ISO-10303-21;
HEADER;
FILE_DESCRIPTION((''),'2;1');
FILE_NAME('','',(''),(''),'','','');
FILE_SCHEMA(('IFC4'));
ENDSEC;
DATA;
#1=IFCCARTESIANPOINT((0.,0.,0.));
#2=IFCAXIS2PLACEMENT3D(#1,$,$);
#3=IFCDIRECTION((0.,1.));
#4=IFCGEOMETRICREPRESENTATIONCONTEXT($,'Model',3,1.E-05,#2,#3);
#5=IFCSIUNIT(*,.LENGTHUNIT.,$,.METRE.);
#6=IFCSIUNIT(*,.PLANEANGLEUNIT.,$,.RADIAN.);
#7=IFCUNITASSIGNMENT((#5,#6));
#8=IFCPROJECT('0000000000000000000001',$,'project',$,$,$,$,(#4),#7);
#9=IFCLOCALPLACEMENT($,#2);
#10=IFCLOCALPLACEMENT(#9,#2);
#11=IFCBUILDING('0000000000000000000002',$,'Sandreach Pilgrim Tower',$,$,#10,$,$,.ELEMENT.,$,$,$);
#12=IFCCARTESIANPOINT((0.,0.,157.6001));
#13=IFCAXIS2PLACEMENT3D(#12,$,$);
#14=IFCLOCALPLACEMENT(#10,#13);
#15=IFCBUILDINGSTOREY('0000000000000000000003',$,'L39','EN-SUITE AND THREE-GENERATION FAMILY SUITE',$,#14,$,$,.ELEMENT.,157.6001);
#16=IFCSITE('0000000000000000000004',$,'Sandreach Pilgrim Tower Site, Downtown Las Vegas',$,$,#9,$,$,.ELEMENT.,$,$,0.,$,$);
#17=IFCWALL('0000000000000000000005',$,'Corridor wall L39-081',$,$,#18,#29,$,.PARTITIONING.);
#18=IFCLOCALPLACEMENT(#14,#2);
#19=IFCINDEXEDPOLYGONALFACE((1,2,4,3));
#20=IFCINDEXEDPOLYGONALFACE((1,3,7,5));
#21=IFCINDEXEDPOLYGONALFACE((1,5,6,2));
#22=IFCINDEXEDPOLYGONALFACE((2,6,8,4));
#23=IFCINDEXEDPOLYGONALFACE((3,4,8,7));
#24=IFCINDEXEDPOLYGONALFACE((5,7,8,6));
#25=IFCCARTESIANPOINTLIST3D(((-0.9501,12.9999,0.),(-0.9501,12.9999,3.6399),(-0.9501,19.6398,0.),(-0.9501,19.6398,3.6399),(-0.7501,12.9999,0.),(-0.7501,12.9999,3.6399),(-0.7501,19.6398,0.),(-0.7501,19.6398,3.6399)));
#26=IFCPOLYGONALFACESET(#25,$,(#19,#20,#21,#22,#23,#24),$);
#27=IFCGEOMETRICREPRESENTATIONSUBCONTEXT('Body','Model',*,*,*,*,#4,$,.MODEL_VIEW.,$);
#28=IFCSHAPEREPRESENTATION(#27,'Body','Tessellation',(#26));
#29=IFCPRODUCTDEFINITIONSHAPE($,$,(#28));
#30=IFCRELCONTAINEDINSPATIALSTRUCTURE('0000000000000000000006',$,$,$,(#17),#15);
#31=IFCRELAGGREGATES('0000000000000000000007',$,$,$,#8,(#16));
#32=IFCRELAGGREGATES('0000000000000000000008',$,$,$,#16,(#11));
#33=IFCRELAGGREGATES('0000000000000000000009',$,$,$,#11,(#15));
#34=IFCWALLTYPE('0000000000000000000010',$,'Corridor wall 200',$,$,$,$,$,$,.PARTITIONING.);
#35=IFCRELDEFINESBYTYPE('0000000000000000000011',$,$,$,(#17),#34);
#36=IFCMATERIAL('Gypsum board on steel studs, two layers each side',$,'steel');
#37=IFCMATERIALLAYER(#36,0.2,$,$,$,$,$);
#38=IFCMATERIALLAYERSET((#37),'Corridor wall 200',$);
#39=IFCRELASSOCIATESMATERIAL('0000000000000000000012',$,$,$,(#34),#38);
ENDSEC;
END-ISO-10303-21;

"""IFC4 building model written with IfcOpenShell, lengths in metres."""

from ifc_helpers import new_model, si_unit, direction, frame, frame_2d, origin, place, context, subcontext, project, spatial, rectangle, extrude, material, layer, layer_set, type_object, element, save


model = new_model("IFC4")

# Units and contexts
model_context = context("Model", 3, precision=1e-05, world=origin(), true_north=direction((0.0, 1.0)))
body_context = subcontext(model_context, "Body", "Model", "MODEL_VIEW")
ifc_project = project(units=[si_unit("LENGTHUNIT", "METRE"), si_unit("PLANEANGLEUNIT", "RADIAN")], contexts=[model_context])

# Site, building, storey
site_placement = place(None, origin())
site = spatial("IfcSite", under=ifc_project, at=site_placement, Name="Sandreach Pilgrim Tower Site, Downtown Las Vegas", CompositionType="ELEMENT", RefElevation=0.0)
building_placement = place(site_placement, origin())
building = spatial("IfcBuilding", under=site, at=building_placement, Name="Sandreach Pilgrim Tower", CompositionType="ELEMENT")
storey_placement = place(building_placement, frame((0.0, 0.0, 157.6001)))
storey = spatial("IfcBuildingStorey", under=building, at=storey_placement, Name="L39", Description="EN-SUITE AND THREE-GENERATION FAMILY SUITE", CompositionType="ELEMENT", Elevation=157.6001)

# Shared definitions
ifc_material_1 = material(Name="Gypsum board on steel studs, two layers each side", Category="steel")
ifc_layer_1 = layer(ifc_material_1, 0.2)
ifc_layer_set_1 = layer_set([ifc_layer_1], Name="Corridor wall 200")
wall_type_1 = type_object("IfcWallType", Name="Corridor wall 200", PredefinedType="PARTITIONING", material=ifc_layer_set_1)

# Wall
wall_1_placement = place(storey_placement, frame((-0.8501, 13.0, 0.0), z_axis=(0.0, 0.0, 1.0), x_axis=(0.0, 1.0, 0.0)))
element("IfcWall", 1, at=wall_1_placement, inside=storey, type_object=wall_type_1, Name="Corridor wall L39-081", PredefinedType="PARTITIONING", context=body_context, shape_type="SweptSolid", body=[
    extrude(rectangle(XDim=6.6399, YDim=0.2, at=frame_2d((3.3198, 0.0))), origin(), (0.0, 0.0, 1.0), 3.6399),
])

save(model, "model.ifc")
